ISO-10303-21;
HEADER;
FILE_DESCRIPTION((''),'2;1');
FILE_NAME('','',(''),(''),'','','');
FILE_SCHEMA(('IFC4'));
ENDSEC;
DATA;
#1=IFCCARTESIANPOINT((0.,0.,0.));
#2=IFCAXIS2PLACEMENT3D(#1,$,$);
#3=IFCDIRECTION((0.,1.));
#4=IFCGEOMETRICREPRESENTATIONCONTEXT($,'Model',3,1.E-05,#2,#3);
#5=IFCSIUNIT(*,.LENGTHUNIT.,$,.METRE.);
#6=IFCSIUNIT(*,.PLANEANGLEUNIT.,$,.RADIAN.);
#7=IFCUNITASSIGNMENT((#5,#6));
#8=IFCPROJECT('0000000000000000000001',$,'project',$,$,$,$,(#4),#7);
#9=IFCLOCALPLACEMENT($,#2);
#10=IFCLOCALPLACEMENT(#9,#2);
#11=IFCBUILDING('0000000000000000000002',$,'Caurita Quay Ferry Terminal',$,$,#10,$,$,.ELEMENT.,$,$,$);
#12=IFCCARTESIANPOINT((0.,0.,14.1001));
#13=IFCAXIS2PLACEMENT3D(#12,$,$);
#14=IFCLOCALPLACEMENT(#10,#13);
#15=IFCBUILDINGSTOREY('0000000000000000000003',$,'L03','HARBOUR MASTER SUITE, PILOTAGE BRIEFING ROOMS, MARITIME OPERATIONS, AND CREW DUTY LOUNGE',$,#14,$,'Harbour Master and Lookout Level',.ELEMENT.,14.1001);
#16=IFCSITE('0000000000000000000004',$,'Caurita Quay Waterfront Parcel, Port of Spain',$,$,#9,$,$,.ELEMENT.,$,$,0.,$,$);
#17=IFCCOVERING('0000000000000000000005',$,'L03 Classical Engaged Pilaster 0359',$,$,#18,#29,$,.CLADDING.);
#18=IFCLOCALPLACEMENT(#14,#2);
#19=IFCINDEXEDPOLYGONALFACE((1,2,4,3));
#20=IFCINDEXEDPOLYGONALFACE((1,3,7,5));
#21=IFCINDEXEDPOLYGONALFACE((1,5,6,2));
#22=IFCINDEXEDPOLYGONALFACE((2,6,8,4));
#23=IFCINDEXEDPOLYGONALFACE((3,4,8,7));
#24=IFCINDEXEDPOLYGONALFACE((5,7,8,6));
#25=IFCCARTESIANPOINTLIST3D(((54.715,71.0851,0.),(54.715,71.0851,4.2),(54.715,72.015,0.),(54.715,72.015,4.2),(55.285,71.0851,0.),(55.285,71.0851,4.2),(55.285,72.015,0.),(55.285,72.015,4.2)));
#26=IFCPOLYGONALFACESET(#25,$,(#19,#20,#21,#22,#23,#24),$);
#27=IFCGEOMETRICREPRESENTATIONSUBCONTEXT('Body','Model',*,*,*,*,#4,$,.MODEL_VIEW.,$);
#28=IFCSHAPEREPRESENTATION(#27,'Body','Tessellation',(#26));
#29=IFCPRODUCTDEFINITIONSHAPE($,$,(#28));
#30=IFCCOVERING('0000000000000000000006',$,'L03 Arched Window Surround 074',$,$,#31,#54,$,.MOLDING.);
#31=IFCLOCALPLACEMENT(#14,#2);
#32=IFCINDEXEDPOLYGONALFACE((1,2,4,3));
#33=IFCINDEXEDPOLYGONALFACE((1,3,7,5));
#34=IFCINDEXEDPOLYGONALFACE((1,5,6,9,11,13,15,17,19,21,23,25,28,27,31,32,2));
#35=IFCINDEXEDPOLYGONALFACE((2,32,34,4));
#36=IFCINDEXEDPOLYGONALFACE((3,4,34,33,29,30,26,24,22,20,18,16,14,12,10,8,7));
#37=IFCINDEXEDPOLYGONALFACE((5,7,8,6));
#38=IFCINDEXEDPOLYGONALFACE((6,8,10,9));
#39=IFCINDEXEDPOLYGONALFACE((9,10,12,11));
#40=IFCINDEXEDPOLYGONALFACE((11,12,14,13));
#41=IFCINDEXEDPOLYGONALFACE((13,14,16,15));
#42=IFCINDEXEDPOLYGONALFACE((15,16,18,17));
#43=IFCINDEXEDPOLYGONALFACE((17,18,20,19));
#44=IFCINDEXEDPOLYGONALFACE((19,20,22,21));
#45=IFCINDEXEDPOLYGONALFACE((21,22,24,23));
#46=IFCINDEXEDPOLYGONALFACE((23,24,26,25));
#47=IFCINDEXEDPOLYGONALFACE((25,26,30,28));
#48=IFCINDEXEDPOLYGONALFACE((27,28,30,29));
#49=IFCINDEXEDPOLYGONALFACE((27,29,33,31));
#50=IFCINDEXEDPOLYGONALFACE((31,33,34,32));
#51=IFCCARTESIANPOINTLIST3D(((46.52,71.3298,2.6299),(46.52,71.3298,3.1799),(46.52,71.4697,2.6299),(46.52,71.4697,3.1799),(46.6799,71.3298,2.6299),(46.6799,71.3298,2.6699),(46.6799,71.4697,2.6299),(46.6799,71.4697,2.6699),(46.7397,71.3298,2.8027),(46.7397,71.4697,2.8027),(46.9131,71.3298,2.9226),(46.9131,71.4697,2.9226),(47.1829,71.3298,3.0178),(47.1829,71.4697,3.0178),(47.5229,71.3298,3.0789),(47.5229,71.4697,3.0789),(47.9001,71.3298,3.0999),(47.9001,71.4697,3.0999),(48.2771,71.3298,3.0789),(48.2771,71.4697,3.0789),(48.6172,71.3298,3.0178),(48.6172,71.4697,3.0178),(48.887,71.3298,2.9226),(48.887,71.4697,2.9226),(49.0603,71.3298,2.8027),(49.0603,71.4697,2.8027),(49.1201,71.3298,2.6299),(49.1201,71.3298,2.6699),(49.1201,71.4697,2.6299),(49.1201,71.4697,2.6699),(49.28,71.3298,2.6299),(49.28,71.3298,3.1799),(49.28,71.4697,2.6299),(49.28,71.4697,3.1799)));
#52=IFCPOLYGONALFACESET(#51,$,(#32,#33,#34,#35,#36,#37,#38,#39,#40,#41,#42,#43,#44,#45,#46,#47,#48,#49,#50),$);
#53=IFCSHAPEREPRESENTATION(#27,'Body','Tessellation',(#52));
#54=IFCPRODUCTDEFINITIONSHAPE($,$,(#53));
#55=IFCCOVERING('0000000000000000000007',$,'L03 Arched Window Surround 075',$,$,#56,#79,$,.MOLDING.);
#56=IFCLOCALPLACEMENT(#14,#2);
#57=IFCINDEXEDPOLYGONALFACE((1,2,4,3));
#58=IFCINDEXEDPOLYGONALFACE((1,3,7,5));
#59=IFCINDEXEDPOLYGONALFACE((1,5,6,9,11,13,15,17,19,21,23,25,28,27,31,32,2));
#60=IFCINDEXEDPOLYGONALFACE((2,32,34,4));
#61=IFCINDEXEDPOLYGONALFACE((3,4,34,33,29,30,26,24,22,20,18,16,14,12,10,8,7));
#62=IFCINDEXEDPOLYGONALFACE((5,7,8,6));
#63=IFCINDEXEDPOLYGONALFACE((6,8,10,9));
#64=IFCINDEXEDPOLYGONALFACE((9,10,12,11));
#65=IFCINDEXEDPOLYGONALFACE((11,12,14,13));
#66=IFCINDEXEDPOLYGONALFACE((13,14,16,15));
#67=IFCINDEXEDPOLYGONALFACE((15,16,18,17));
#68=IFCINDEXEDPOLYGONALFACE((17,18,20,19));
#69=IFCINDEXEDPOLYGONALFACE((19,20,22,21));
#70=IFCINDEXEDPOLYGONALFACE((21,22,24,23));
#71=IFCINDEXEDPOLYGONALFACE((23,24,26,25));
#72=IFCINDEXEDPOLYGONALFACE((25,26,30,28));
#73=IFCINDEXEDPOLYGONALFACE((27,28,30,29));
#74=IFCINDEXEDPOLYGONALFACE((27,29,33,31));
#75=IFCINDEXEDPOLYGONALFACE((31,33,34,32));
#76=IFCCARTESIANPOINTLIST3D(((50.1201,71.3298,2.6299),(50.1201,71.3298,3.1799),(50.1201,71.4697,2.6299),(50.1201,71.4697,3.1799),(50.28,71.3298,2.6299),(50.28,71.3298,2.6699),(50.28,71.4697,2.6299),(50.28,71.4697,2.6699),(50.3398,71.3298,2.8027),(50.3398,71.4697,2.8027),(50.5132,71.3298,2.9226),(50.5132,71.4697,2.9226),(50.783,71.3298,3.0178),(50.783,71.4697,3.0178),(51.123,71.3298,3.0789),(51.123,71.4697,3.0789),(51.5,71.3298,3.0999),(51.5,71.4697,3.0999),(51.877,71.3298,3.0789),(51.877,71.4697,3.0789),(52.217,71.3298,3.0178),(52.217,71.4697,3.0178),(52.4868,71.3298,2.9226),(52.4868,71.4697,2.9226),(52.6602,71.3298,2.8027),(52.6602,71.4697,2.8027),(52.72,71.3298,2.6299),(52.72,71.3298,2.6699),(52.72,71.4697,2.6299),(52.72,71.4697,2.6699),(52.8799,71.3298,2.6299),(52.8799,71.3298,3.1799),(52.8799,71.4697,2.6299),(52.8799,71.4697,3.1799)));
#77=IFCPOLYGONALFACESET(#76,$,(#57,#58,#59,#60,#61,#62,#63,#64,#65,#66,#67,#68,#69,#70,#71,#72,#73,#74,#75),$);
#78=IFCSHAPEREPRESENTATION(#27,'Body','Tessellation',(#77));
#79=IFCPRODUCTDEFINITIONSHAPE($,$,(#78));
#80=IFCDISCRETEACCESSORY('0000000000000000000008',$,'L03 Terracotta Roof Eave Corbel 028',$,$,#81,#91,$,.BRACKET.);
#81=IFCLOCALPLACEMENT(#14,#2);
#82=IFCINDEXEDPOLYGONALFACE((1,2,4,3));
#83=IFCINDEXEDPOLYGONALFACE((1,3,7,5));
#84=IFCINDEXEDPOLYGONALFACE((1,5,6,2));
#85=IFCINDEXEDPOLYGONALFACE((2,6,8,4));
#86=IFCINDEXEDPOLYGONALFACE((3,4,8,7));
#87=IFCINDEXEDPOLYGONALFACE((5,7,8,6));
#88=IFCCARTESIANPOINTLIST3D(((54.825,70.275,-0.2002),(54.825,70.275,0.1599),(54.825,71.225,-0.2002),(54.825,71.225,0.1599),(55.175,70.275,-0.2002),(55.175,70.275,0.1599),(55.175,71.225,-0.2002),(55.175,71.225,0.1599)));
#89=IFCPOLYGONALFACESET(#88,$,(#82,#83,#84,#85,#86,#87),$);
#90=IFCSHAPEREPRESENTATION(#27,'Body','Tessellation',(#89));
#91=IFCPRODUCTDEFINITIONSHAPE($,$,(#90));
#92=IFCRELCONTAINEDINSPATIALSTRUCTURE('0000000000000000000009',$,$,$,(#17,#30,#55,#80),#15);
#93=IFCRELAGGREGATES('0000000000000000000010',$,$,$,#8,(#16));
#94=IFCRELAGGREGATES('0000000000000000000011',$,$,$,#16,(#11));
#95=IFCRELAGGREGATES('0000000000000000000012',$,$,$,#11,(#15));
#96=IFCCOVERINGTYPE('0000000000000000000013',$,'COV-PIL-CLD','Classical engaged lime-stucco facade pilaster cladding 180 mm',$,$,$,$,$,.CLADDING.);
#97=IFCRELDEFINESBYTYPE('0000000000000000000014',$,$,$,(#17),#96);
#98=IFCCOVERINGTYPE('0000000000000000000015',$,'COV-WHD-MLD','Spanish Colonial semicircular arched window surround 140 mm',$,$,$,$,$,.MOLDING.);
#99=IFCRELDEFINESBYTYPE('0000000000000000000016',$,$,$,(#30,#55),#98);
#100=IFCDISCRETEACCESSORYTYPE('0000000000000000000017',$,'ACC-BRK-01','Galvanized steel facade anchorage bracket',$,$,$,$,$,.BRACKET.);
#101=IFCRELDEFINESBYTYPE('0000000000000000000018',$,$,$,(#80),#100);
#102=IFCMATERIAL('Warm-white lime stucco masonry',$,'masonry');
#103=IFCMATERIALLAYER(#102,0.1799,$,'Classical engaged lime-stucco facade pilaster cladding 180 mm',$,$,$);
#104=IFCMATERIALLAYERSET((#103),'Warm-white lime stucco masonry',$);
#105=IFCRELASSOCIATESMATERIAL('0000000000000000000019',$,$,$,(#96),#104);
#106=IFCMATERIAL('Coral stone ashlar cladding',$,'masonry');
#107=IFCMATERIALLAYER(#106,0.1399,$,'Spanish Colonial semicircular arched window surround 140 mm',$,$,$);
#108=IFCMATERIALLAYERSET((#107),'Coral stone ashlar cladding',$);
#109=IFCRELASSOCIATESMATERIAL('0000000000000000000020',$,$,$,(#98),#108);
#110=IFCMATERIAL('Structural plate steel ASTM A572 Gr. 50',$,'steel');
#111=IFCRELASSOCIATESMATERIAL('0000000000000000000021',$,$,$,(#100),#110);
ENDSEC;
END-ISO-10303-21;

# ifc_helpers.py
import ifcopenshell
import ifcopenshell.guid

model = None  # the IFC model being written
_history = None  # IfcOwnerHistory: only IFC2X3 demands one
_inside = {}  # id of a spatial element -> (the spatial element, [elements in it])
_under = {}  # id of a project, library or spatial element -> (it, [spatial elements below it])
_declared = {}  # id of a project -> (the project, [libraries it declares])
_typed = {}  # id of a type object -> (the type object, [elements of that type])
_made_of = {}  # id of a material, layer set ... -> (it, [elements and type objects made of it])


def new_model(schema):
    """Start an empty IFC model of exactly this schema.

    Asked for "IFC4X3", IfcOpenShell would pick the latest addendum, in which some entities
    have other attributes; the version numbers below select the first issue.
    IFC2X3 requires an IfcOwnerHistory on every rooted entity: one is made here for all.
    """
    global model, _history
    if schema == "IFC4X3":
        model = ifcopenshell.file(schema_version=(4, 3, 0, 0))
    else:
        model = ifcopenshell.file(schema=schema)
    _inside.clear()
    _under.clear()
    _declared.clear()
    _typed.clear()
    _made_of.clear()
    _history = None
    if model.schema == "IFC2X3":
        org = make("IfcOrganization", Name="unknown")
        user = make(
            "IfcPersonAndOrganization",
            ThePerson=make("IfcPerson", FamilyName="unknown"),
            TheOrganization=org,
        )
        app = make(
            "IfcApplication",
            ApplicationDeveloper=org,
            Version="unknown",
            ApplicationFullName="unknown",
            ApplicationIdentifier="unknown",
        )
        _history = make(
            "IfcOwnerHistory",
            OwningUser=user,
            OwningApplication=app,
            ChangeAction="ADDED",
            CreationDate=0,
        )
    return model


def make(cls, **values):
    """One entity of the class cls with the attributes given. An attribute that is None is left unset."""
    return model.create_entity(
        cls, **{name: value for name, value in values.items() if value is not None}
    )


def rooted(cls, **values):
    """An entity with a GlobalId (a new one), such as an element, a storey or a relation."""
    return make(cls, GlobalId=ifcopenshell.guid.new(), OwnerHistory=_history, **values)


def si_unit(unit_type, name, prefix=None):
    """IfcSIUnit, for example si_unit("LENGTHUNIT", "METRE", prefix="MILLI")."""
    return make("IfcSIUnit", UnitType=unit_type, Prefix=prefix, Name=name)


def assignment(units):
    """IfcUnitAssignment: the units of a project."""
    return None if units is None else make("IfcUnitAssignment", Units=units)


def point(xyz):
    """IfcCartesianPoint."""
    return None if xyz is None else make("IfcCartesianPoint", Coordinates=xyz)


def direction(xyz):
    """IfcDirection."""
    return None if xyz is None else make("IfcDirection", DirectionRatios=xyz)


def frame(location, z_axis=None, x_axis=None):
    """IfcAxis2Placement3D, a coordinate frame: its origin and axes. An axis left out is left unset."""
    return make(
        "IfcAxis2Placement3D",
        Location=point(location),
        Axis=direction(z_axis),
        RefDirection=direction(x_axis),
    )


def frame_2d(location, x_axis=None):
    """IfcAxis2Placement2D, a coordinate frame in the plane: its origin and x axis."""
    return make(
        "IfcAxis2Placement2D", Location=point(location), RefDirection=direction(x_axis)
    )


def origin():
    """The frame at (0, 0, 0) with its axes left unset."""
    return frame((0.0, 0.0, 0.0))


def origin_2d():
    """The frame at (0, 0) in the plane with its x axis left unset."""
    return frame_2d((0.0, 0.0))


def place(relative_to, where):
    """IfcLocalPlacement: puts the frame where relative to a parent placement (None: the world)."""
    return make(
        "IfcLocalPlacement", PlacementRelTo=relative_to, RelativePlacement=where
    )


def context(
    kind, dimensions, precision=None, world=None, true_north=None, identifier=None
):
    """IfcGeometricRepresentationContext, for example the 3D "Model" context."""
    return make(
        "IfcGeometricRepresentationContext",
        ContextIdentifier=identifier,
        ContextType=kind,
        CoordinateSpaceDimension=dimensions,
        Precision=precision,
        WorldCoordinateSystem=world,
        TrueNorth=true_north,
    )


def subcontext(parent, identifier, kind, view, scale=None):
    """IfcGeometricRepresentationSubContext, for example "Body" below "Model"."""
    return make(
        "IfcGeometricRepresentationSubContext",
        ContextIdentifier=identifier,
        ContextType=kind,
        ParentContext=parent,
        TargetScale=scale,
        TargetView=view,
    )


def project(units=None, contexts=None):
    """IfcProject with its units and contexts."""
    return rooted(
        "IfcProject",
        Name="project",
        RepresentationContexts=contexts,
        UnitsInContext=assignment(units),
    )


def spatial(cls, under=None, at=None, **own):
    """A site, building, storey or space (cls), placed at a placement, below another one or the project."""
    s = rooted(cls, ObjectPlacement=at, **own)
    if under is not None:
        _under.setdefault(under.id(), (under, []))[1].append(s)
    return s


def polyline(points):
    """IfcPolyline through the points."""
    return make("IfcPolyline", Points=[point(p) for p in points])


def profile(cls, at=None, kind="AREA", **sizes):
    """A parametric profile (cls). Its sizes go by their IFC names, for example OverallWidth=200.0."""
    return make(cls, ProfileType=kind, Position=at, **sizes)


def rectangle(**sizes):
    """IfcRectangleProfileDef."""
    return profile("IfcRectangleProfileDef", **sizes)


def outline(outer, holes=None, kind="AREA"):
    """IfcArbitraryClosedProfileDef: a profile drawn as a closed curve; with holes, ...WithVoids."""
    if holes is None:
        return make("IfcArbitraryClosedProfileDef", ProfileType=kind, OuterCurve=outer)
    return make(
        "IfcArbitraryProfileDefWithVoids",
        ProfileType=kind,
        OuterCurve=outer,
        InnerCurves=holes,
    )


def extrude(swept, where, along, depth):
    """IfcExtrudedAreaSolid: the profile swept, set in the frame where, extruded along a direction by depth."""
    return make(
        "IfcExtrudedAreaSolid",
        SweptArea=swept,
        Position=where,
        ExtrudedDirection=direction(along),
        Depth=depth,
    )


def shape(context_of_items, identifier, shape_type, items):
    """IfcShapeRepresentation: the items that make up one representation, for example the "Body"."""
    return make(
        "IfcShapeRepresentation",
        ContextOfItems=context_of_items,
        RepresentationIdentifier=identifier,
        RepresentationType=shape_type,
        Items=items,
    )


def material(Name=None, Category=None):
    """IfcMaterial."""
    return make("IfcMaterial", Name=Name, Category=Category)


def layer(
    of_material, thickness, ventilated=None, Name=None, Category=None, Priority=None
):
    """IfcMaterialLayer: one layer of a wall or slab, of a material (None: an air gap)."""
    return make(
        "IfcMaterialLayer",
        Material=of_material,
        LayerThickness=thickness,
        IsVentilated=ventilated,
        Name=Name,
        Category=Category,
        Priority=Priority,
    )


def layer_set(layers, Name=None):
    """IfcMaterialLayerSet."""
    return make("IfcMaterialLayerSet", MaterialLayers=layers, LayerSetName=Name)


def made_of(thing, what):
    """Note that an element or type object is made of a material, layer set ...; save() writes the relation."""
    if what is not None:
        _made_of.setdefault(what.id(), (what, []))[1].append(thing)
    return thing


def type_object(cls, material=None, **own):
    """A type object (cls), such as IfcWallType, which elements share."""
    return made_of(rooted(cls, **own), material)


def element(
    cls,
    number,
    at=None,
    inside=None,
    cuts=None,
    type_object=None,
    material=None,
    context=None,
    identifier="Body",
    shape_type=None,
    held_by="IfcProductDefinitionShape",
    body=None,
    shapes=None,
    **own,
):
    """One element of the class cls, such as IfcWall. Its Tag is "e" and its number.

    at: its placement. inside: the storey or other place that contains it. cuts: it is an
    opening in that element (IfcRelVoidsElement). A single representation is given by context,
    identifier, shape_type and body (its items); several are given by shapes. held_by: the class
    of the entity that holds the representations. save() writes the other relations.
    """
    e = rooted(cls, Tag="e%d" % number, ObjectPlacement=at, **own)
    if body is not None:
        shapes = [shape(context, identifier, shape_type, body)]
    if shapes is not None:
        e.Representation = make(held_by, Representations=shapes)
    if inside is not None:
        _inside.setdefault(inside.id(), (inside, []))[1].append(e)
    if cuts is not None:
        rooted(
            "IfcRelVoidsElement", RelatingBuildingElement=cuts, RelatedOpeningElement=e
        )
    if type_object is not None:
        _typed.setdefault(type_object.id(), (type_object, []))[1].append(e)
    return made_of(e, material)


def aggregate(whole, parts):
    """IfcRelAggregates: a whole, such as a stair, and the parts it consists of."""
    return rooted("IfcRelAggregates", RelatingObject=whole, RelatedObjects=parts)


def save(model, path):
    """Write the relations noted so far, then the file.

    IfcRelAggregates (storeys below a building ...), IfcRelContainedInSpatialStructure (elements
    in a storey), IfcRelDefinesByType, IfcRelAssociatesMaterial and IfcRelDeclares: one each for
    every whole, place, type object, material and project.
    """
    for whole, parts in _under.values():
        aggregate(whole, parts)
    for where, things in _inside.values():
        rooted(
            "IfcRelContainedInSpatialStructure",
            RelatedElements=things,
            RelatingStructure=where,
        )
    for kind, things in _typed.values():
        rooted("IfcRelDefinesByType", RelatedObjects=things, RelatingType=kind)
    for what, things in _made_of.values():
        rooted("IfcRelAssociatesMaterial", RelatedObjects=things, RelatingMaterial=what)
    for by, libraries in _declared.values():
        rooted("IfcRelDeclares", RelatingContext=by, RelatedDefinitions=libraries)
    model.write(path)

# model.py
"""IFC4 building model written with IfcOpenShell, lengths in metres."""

from ifc_helpers import new_model, si_unit, direction, frame, origin, origin_2d, place, context, subcontext, project, spatial, polyline, rectangle, outline, extrude, material, layer, layer_set, type_object, element, save


model = new_model("IFC4")

# Units and contexts
model_context = context("Model", 3, precision=1e-05, world=origin(), true_north=direction((0.0, 1.0)))
body_context = subcontext(model_context, "Body", "Model", "MODEL_VIEW")
ifc_project = project(units=[si_unit("LENGTHUNIT", "METRE"), si_unit("PLANEANGLEUNIT", "RADIAN")], contexts=[model_context])

# Site, building, storey
site_placement = place(None, origin())
site = spatial("IfcSite", under=ifc_project, at=site_placement, Name="Caurita Quay Waterfront Parcel, Port of Spain", CompositionType="ELEMENT", RefElevation=0.0)
building_placement = place(site_placement, origin())
building = spatial("IfcBuilding", under=site, at=building_placement, Name="Caurita Quay Ferry Terminal", CompositionType="ELEMENT")
storey_placement = place(building_placement, frame((0.0, 0.0, 14.1001)))
storey = spatial("IfcBuildingStorey", under=building, at=storey_placement, Name="L03", Description="HARBOUR MASTER SUITE, PILOTAGE BRIEFING ROOMS, MARITIME OPERATIONS, AND CREW DUTY LOUNGE", LongName="Harbour Master and Lookout Level", CompositionType="ELEMENT", Elevation=14.1001)

# Shared definitions
ifc_material_1 = material(Name="Warm-white lime stucco masonry", Category="masonry")

# Coverings
ifc_layer_1 = layer(ifc_material_1, 0.1799, Name="Classical engaged lime-stucco facade pilaster cladding 180 mm")
ifc_layer_set_1 = layer_set([ifc_layer_1], Name="Warm-white lime stucco masonry")
covering_type_1 = type_object("IfcCoveringType", Name="COV-PIL-CLD", Description="Classical engaged lime-stucco facade pilaster cladding 180 mm", PredefinedType="CLADDING", material=ifc_layer_set_1)
for number, where, z_axis, x_axis, name in (
    (1, (55.0, 71.55, 0.0), (0.0, 0.0, 1.0), (1.0, 0.0, 0.0), "L03 Classical Engaged Pilaster 0359"),
):
    element("IfcCovering", number, at=place(storey_placement, frame(where, z_axis=z_axis, x_axis=x_axis)), inside=storey, type_object=covering_type_1, Name=name, PredefinedType="CLADDING", context=body_context, shape_type="SweptSolid", body=[
        extrude(rectangle(XDim=0.5701, YDim=0.9299, at=origin_2d()), origin(), (0.0, 0.0, 1.0), 4.2),
    ])
ifc_material_2 = material(Name="Coral stone ashlar cladding", Category="masonry")
ifc_layer_2 = layer(ifc_material_2, 0.1399, Name="Spanish Colonial semicircular arched window surround 140 mm")
ifc_layer_set_2 = layer_set([ifc_layer_2], Name="Coral stone ashlar cladding")
covering_type_2 = type_object("IfcCoveringType", Name="COV-WHD-MLD", Description="Spanish Colonial semicircular arched window surround 140 mm", PredefinedType="MOLDING", material=ifc_layer_set_2)
covering_1_placement = place(storey_placement, frame((46.52, 71.3999, 2.6299), z_axis=(0.0, 0.0, 1.0), x_axis=(1.0, 0.0, 0.0)))
element("IfcCovering", 2, at=covering_1_placement, inside=storey, type_object=covering_type_2, Name="L03 Arched Window Surround 074", PredefinedType="MOLDING", context=body_context, shape_type="SweptSolid", body=[
    extrude(outline(polyline([(0.0, 0.0), (0.1599, 0.0), (0.1599, 0.04), (0.2197, 0.1729), (0.3931, 0.2927), (0.6628, 0.3879), (1.0029, 0.449), (1.3801, 0.47), (1.7571, 0.449), (2.0972, 0.3879), (2.3669, 0.2927), (2.5403, 0.1729), (2.6001, 0.04), (2.6001, 0.0), (2.76, 0.0), (2.76, 0.55), (0.0, 0.55), (0.0, 0.0)])), frame((0.0, 0.0698, 0.0), z_axis=(0.0, -1.0, 0.0), x_axis=(1.0, 0.0, 0.0)), (0.0, 0.0, 1.0), 0.1399),
])
covering_2_placement = place(storey_placement, frame((50.1201, 71.3999, 2.6299), z_axis=(0.0, 0.0, 1.0), x_axis=(1.0, 0.0, 0.0)))
element("IfcCovering", 3, at=covering_2_placement, inside=storey, type_object=covering_type_2, Name="L03 Arched Window Surround 075", PredefinedType="MOLDING", context=body_context, shape_type="SweptSolid", body=[
    extrude(outline(polyline([(0.0, 0.0), (0.1599, 0.0), (0.1599, 0.04), (0.2197, 0.1729), (0.3931, 0.2927), (0.6628, 0.3879), (1.0029, 0.449), (1.3799, 0.47), (1.7568, 0.449), (2.0969, 0.3879), (2.3667, 0.2927), (2.54, 0.1729), (2.5999, 0.04), (2.5999, 0.0), (2.7598, 0.0), (2.7598, 0.55), (0.0, 0.55), (0.0, 0.0)])), frame((0.0, 0.0698, 0.0), z_axis=(0.0, -1.0, 0.0), x_axis=(1.0, 0.0, 0.0)), (0.0, 0.0, 1.0), 0.1399),
])

# Discrete accessory
ifc_material_3 = material(Name="Structural plate steel ASTM A572 Gr. 50", Category="steel")
discrete_accessory_type = type_object("IfcDiscreteAccessoryType", Name="ACC-BRK-01", Description="Galvanized steel facade anchorage bracket", PredefinedType="BRACKET", material=ifc_material_3)
discrete_accessory_placement = place(storey_placement, frame((55.0, 70.75, -0.2002), z_axis=(0.0, 0.0, 1.0), x_axis=(1.0, 0.0, 0.0)))
element("IfcDiscreteAccessory", 4, at=discrete_accessory_placement, inside=storey, type_object=discrete_accessory_type, Name="L03 Terracotta Roof Eave Corbel 028", PredefinedType="BRACKET", context=body_context, shape_type="SweptSolid", body=[
    extrude(rectangle(XDim=0.3501, YDim=0.95, at=origin_2d()), origin(), (0.0, 0.0, 1.0), 0.3601),
])

save(model, "model.ifc")
